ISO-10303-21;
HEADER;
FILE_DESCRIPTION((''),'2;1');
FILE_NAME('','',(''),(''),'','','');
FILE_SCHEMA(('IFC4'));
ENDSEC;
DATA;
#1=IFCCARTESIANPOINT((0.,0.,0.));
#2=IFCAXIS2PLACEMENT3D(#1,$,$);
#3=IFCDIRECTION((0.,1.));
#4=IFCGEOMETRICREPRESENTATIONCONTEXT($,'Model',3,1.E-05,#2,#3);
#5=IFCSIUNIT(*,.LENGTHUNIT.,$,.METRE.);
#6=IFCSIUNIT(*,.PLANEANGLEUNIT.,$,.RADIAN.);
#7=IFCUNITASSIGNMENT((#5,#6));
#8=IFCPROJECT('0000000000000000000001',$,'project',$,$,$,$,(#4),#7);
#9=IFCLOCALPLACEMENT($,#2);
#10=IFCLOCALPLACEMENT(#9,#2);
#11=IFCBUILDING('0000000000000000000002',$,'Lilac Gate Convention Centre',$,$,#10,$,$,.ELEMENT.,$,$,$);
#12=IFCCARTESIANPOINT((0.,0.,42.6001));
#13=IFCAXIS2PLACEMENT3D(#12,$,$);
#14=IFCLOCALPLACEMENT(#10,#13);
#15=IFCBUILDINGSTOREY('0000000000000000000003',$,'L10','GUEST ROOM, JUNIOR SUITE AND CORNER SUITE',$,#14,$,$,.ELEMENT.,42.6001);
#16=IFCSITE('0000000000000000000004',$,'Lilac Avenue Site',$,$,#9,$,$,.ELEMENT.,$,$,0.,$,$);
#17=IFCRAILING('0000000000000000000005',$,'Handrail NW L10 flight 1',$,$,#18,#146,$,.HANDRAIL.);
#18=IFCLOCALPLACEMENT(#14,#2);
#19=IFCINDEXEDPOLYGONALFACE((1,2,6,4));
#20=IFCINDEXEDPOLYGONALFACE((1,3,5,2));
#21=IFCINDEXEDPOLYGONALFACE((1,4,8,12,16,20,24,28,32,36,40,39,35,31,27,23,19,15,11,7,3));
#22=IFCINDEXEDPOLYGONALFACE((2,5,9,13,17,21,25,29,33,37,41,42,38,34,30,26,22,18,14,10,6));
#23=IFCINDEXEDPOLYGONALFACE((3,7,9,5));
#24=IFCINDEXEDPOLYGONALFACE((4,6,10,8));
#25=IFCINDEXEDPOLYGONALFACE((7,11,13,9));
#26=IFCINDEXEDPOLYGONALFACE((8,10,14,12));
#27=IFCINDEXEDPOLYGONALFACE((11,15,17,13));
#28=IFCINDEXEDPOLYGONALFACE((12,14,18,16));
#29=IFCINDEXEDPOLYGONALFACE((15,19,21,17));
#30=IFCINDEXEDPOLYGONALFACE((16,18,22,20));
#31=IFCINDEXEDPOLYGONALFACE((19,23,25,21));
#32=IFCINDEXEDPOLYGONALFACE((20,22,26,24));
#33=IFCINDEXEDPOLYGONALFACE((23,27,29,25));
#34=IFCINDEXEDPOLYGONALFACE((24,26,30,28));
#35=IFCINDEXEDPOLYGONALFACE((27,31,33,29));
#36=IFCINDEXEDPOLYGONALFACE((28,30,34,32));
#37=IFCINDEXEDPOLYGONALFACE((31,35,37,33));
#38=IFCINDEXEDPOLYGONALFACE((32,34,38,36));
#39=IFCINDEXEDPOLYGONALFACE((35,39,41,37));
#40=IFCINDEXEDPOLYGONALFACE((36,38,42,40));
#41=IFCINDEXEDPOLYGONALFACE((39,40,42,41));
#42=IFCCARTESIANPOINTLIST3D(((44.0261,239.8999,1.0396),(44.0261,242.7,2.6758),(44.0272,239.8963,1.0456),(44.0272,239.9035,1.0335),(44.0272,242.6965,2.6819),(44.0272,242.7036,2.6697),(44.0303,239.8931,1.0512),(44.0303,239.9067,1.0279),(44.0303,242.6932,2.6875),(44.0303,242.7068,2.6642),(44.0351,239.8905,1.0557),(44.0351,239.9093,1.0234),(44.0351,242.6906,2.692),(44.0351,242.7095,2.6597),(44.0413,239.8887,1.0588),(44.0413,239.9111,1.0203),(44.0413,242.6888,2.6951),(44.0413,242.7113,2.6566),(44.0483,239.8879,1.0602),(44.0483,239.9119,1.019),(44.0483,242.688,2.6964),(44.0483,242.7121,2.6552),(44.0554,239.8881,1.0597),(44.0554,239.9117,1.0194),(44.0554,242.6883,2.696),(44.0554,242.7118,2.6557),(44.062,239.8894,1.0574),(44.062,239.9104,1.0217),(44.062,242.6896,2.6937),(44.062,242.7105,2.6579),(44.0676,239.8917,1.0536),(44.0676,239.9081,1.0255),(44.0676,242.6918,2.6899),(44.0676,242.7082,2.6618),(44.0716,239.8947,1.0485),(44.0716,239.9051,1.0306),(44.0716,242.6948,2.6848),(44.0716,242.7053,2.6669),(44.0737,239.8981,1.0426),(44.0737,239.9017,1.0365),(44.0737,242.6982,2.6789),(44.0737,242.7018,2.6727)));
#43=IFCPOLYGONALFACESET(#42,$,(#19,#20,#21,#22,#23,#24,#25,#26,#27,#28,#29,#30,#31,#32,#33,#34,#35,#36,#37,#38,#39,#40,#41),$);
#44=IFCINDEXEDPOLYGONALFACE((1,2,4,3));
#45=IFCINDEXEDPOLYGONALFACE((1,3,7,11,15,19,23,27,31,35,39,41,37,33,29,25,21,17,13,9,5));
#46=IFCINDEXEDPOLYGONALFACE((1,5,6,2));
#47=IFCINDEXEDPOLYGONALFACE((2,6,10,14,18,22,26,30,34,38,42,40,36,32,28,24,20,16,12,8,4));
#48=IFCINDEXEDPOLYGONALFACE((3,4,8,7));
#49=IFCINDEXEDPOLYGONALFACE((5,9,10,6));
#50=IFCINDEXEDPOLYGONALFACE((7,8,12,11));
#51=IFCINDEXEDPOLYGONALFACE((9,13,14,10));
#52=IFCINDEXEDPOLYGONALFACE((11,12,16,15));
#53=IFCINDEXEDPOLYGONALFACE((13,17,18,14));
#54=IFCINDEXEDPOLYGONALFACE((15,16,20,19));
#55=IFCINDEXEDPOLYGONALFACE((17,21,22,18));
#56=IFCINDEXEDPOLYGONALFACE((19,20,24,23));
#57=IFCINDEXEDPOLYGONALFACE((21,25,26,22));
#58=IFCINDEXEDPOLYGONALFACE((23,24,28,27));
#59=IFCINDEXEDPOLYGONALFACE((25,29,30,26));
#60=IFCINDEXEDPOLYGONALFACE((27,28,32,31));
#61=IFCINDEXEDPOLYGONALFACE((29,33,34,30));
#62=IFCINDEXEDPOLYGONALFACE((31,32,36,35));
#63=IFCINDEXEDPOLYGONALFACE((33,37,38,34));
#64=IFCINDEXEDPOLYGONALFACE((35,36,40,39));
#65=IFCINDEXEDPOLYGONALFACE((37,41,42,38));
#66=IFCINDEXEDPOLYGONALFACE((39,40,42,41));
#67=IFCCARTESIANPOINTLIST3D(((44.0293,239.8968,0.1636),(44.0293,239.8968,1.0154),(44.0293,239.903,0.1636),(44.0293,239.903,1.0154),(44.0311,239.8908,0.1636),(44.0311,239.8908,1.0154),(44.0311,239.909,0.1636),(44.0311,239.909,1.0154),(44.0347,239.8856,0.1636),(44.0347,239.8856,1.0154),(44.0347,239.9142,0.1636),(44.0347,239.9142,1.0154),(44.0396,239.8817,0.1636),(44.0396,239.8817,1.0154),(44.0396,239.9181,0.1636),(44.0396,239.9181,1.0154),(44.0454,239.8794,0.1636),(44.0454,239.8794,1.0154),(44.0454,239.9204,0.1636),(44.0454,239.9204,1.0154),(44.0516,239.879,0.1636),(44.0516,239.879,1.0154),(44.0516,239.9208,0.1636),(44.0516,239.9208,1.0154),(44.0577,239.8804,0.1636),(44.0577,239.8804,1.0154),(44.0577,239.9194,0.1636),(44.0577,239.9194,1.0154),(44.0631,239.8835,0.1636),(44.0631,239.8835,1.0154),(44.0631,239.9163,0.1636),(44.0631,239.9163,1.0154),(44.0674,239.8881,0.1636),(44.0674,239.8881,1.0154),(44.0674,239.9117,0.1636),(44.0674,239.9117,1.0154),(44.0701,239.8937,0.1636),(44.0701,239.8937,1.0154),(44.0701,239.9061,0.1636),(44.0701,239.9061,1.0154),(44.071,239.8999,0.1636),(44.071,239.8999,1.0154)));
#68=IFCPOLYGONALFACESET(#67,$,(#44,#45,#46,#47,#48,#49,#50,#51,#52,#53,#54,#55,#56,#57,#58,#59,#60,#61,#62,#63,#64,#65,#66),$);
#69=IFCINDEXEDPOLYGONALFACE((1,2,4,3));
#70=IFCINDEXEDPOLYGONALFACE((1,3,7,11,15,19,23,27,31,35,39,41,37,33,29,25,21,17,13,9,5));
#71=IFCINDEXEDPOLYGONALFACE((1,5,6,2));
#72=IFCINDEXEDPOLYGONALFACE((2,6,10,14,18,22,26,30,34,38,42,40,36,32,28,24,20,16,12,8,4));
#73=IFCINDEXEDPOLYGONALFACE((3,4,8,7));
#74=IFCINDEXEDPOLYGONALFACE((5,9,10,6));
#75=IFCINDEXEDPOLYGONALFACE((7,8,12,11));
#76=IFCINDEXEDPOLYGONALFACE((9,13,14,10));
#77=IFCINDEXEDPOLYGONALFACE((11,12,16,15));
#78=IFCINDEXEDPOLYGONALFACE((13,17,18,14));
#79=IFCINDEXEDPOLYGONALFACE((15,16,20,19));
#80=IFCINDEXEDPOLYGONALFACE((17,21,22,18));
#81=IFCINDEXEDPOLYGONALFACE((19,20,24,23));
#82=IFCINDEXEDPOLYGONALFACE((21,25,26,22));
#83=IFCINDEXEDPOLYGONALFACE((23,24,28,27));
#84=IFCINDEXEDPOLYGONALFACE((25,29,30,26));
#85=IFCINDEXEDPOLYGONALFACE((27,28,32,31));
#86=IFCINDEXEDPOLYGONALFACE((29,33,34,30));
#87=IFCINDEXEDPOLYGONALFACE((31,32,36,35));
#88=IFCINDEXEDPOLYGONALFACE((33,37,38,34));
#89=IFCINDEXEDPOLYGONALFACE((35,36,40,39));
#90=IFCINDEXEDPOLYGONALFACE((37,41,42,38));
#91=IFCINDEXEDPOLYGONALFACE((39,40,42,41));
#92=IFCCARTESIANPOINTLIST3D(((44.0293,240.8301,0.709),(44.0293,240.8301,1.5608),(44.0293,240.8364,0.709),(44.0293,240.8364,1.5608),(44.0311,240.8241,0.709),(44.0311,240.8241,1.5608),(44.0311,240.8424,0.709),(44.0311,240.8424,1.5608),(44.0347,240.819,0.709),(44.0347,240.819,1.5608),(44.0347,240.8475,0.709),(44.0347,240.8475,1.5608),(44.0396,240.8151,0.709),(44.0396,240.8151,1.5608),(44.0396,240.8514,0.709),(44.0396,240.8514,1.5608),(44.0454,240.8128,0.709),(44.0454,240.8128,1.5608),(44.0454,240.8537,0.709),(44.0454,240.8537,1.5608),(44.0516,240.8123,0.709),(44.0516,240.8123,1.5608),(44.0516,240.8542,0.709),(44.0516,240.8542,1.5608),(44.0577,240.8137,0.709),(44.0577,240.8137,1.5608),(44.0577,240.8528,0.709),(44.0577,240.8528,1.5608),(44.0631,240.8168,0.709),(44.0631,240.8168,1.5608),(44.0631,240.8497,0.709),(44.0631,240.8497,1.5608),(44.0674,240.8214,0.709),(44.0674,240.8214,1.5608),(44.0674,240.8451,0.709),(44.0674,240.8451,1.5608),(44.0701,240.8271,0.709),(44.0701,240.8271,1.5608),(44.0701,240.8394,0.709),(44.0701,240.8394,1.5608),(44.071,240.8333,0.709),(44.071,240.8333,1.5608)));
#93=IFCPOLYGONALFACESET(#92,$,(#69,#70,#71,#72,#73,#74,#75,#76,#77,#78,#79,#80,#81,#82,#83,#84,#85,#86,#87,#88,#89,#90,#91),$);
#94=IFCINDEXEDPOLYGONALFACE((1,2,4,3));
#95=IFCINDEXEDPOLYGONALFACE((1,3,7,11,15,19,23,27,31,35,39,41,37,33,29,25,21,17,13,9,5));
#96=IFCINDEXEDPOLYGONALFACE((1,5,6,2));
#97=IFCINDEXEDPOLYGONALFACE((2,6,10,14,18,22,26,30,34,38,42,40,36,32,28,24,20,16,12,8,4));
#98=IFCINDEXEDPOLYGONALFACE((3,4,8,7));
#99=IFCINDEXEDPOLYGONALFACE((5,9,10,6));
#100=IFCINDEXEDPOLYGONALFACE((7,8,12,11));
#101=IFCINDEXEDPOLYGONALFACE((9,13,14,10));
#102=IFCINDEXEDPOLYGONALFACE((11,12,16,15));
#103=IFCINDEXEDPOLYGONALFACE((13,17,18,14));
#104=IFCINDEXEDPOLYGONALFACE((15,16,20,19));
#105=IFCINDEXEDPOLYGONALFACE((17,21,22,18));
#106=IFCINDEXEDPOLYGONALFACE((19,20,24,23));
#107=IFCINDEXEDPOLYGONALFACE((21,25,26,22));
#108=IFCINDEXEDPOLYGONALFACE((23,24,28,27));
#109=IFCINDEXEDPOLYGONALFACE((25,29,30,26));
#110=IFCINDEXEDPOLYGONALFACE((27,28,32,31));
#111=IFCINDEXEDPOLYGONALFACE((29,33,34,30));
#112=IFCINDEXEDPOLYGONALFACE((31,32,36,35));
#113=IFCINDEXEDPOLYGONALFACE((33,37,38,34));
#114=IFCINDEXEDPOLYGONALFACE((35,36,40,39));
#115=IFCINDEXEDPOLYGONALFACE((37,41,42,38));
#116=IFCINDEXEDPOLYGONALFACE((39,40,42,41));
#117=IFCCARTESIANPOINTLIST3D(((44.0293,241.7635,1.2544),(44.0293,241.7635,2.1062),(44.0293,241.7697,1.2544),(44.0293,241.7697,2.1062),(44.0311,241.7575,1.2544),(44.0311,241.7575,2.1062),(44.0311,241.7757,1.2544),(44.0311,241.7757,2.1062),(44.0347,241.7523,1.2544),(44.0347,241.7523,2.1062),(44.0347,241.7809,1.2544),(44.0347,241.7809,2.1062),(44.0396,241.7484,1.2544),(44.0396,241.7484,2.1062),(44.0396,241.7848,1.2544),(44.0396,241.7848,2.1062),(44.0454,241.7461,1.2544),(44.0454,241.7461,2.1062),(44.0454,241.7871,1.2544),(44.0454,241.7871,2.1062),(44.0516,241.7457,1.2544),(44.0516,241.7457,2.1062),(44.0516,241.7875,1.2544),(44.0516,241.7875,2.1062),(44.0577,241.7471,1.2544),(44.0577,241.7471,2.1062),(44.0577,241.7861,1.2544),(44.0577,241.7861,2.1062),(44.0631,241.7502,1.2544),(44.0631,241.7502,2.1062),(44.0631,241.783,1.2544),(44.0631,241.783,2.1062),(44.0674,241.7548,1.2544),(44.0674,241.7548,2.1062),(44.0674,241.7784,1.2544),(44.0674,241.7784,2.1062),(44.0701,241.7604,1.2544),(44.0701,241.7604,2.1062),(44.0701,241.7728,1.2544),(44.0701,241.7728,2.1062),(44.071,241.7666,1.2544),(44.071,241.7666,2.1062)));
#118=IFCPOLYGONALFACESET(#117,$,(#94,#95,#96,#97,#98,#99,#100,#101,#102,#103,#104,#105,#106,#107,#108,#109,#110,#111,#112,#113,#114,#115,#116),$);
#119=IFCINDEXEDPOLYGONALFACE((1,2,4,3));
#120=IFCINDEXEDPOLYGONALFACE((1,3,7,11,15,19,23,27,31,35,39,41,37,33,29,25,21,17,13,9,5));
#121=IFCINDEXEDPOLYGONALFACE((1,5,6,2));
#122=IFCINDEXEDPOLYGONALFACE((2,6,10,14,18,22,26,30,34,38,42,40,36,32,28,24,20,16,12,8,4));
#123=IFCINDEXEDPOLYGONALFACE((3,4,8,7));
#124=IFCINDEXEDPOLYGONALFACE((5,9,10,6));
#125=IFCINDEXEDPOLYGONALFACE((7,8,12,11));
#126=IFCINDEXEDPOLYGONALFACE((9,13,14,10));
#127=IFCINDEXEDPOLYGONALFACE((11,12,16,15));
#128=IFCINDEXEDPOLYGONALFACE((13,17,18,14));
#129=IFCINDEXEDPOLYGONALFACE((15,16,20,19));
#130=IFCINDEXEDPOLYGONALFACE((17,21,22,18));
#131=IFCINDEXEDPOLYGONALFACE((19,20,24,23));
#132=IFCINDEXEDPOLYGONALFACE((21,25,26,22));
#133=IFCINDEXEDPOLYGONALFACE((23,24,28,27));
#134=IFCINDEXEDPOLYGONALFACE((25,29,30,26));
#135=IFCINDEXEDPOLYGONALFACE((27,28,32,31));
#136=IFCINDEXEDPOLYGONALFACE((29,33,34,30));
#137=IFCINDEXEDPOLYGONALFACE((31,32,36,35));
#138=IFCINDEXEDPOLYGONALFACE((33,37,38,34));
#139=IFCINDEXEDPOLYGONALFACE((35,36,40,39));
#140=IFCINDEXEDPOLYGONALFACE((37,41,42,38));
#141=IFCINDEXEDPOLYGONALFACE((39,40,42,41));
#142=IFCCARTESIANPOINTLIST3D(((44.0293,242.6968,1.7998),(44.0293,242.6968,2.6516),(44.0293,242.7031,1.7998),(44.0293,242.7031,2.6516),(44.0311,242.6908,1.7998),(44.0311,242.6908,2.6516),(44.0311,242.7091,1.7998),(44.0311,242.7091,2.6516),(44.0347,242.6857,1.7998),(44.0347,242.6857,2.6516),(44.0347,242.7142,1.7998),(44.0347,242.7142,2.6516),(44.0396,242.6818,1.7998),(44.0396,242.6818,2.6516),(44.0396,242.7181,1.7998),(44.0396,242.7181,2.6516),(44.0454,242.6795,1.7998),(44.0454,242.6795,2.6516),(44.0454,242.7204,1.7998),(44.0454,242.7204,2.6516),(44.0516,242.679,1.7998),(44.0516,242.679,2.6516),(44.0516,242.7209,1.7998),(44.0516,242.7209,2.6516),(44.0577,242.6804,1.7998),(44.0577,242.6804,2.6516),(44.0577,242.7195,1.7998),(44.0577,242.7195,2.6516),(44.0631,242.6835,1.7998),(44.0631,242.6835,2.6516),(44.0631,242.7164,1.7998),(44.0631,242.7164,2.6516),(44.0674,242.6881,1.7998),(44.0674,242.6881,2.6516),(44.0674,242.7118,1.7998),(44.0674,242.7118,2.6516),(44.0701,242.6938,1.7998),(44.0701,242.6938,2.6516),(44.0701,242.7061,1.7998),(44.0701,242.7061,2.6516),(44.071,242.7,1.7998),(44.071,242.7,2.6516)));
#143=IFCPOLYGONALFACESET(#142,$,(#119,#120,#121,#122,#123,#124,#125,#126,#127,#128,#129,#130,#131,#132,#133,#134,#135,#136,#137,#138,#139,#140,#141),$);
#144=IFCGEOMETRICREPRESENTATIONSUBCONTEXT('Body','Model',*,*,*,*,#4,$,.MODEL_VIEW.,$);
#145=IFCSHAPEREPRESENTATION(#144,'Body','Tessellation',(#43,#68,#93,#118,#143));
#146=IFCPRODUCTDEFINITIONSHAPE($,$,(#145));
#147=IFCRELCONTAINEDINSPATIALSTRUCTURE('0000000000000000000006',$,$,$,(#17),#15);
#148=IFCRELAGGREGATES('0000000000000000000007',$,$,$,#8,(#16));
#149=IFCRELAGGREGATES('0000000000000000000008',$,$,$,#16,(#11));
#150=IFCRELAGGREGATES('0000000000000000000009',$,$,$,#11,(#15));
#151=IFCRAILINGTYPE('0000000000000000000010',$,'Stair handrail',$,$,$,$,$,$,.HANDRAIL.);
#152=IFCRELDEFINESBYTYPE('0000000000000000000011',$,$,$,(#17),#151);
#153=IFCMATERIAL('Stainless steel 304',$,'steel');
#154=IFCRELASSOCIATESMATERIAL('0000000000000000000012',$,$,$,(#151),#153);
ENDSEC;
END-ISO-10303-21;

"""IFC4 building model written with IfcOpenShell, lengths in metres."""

from ifc_helpers import new_model, si_unit, direction, frame, origin, origin_2d, place, context, subcontext, project, spatial, circle, extrude, material, type_object, element, save


model = new_model("IFC4")

# Units and contexts
model_context = context("Model", 3, precision=1e-05, world=origin(), true_north=direction((0.0, 1.0)))
body_context = subcontext(model_context, "Body", "Model", "MODEL_VIEW")
ifc_project = project(units=[si_unit("LENGTHUNIT", "METRE"), si_unit("PLANEANGLEUNIT", "RADIAN")], contexts=[model_context])

# Site, building, storey
site_placement = place(None, origin())
site = spatial("IfcSite", under=ifc_project, at=site_placement, Name="Lilac Avenue Site", CompositionType="ELEMENT", RefElevation=0.0)
building_placement = place(site_placement, origin())
building = spatial("IfcBuilding", under=site, at=building_placement, Name="Lilac Gate Convention Centre", CompositionType="ELEMENT")
storey_placement = place(building_placement, frame((0.0, 0.0, 42.6001)))
storey = spatial("IfcBuildingStorey", under=building, at=storey_placement, Name="L10", Description="GUEST ROOM, JUNIOR SUITE AND CORNER SUITE", CompositionType="ELEMENT", Elevation=42.6001)

# Railing
ifc_material_1 = material(Name="Stainless steel 304", Category="steel")
railing_type = type_object("IfcRailingType", Name="Stair handrail", PredefinedType="HANDRAIL", material=ifc_material_1)
for number, where, name in (
    (1, (44.05, 239.8999, 0.1636), "Handrail NW L10 flight 1"),
):
    element("IfcRailing", number, at=place(storey_placement, frame(where)), inside=storey, type_object=railing_type, Name=name, PredefinedType="HANDRAIL", context=body_context, shape_type="SweptSolid", body=[
        extrude(circle(Radius=0.0239, at=origin_2d()), frame((0.0, 0.0, 0.876), z_axis=(0.0, 0.863394, 0.504531), x_axis=(-1.0, 0.0, 0.0)), (0.0, 0.0, 1.0), 3.2432),
        extrude(circle(Radius=0.021, at=origin_2d()), origin(), (0.0, 0.0, 1.0), 0.8518),
        extrude(circle(Radius=0.021, at=origin_2d()), frame((0.0, 0.9333, 0.5454)), (0.0, 0.0, 1.0), 0.8518),
        extrude(circle(Radius=0.021, at=origin_2d()), frame((0.0, 1.8667, 1.0908)), (0.0, 0.0, 1.0), 0.8518),
        extrude(circle(Radius=0.021, at=origin_2d()), frame((0.0, 2.8, 1.6362)), (0.0, 0.0, 1.0), 0.8518),
    ])

save(model, "model.ifc")
